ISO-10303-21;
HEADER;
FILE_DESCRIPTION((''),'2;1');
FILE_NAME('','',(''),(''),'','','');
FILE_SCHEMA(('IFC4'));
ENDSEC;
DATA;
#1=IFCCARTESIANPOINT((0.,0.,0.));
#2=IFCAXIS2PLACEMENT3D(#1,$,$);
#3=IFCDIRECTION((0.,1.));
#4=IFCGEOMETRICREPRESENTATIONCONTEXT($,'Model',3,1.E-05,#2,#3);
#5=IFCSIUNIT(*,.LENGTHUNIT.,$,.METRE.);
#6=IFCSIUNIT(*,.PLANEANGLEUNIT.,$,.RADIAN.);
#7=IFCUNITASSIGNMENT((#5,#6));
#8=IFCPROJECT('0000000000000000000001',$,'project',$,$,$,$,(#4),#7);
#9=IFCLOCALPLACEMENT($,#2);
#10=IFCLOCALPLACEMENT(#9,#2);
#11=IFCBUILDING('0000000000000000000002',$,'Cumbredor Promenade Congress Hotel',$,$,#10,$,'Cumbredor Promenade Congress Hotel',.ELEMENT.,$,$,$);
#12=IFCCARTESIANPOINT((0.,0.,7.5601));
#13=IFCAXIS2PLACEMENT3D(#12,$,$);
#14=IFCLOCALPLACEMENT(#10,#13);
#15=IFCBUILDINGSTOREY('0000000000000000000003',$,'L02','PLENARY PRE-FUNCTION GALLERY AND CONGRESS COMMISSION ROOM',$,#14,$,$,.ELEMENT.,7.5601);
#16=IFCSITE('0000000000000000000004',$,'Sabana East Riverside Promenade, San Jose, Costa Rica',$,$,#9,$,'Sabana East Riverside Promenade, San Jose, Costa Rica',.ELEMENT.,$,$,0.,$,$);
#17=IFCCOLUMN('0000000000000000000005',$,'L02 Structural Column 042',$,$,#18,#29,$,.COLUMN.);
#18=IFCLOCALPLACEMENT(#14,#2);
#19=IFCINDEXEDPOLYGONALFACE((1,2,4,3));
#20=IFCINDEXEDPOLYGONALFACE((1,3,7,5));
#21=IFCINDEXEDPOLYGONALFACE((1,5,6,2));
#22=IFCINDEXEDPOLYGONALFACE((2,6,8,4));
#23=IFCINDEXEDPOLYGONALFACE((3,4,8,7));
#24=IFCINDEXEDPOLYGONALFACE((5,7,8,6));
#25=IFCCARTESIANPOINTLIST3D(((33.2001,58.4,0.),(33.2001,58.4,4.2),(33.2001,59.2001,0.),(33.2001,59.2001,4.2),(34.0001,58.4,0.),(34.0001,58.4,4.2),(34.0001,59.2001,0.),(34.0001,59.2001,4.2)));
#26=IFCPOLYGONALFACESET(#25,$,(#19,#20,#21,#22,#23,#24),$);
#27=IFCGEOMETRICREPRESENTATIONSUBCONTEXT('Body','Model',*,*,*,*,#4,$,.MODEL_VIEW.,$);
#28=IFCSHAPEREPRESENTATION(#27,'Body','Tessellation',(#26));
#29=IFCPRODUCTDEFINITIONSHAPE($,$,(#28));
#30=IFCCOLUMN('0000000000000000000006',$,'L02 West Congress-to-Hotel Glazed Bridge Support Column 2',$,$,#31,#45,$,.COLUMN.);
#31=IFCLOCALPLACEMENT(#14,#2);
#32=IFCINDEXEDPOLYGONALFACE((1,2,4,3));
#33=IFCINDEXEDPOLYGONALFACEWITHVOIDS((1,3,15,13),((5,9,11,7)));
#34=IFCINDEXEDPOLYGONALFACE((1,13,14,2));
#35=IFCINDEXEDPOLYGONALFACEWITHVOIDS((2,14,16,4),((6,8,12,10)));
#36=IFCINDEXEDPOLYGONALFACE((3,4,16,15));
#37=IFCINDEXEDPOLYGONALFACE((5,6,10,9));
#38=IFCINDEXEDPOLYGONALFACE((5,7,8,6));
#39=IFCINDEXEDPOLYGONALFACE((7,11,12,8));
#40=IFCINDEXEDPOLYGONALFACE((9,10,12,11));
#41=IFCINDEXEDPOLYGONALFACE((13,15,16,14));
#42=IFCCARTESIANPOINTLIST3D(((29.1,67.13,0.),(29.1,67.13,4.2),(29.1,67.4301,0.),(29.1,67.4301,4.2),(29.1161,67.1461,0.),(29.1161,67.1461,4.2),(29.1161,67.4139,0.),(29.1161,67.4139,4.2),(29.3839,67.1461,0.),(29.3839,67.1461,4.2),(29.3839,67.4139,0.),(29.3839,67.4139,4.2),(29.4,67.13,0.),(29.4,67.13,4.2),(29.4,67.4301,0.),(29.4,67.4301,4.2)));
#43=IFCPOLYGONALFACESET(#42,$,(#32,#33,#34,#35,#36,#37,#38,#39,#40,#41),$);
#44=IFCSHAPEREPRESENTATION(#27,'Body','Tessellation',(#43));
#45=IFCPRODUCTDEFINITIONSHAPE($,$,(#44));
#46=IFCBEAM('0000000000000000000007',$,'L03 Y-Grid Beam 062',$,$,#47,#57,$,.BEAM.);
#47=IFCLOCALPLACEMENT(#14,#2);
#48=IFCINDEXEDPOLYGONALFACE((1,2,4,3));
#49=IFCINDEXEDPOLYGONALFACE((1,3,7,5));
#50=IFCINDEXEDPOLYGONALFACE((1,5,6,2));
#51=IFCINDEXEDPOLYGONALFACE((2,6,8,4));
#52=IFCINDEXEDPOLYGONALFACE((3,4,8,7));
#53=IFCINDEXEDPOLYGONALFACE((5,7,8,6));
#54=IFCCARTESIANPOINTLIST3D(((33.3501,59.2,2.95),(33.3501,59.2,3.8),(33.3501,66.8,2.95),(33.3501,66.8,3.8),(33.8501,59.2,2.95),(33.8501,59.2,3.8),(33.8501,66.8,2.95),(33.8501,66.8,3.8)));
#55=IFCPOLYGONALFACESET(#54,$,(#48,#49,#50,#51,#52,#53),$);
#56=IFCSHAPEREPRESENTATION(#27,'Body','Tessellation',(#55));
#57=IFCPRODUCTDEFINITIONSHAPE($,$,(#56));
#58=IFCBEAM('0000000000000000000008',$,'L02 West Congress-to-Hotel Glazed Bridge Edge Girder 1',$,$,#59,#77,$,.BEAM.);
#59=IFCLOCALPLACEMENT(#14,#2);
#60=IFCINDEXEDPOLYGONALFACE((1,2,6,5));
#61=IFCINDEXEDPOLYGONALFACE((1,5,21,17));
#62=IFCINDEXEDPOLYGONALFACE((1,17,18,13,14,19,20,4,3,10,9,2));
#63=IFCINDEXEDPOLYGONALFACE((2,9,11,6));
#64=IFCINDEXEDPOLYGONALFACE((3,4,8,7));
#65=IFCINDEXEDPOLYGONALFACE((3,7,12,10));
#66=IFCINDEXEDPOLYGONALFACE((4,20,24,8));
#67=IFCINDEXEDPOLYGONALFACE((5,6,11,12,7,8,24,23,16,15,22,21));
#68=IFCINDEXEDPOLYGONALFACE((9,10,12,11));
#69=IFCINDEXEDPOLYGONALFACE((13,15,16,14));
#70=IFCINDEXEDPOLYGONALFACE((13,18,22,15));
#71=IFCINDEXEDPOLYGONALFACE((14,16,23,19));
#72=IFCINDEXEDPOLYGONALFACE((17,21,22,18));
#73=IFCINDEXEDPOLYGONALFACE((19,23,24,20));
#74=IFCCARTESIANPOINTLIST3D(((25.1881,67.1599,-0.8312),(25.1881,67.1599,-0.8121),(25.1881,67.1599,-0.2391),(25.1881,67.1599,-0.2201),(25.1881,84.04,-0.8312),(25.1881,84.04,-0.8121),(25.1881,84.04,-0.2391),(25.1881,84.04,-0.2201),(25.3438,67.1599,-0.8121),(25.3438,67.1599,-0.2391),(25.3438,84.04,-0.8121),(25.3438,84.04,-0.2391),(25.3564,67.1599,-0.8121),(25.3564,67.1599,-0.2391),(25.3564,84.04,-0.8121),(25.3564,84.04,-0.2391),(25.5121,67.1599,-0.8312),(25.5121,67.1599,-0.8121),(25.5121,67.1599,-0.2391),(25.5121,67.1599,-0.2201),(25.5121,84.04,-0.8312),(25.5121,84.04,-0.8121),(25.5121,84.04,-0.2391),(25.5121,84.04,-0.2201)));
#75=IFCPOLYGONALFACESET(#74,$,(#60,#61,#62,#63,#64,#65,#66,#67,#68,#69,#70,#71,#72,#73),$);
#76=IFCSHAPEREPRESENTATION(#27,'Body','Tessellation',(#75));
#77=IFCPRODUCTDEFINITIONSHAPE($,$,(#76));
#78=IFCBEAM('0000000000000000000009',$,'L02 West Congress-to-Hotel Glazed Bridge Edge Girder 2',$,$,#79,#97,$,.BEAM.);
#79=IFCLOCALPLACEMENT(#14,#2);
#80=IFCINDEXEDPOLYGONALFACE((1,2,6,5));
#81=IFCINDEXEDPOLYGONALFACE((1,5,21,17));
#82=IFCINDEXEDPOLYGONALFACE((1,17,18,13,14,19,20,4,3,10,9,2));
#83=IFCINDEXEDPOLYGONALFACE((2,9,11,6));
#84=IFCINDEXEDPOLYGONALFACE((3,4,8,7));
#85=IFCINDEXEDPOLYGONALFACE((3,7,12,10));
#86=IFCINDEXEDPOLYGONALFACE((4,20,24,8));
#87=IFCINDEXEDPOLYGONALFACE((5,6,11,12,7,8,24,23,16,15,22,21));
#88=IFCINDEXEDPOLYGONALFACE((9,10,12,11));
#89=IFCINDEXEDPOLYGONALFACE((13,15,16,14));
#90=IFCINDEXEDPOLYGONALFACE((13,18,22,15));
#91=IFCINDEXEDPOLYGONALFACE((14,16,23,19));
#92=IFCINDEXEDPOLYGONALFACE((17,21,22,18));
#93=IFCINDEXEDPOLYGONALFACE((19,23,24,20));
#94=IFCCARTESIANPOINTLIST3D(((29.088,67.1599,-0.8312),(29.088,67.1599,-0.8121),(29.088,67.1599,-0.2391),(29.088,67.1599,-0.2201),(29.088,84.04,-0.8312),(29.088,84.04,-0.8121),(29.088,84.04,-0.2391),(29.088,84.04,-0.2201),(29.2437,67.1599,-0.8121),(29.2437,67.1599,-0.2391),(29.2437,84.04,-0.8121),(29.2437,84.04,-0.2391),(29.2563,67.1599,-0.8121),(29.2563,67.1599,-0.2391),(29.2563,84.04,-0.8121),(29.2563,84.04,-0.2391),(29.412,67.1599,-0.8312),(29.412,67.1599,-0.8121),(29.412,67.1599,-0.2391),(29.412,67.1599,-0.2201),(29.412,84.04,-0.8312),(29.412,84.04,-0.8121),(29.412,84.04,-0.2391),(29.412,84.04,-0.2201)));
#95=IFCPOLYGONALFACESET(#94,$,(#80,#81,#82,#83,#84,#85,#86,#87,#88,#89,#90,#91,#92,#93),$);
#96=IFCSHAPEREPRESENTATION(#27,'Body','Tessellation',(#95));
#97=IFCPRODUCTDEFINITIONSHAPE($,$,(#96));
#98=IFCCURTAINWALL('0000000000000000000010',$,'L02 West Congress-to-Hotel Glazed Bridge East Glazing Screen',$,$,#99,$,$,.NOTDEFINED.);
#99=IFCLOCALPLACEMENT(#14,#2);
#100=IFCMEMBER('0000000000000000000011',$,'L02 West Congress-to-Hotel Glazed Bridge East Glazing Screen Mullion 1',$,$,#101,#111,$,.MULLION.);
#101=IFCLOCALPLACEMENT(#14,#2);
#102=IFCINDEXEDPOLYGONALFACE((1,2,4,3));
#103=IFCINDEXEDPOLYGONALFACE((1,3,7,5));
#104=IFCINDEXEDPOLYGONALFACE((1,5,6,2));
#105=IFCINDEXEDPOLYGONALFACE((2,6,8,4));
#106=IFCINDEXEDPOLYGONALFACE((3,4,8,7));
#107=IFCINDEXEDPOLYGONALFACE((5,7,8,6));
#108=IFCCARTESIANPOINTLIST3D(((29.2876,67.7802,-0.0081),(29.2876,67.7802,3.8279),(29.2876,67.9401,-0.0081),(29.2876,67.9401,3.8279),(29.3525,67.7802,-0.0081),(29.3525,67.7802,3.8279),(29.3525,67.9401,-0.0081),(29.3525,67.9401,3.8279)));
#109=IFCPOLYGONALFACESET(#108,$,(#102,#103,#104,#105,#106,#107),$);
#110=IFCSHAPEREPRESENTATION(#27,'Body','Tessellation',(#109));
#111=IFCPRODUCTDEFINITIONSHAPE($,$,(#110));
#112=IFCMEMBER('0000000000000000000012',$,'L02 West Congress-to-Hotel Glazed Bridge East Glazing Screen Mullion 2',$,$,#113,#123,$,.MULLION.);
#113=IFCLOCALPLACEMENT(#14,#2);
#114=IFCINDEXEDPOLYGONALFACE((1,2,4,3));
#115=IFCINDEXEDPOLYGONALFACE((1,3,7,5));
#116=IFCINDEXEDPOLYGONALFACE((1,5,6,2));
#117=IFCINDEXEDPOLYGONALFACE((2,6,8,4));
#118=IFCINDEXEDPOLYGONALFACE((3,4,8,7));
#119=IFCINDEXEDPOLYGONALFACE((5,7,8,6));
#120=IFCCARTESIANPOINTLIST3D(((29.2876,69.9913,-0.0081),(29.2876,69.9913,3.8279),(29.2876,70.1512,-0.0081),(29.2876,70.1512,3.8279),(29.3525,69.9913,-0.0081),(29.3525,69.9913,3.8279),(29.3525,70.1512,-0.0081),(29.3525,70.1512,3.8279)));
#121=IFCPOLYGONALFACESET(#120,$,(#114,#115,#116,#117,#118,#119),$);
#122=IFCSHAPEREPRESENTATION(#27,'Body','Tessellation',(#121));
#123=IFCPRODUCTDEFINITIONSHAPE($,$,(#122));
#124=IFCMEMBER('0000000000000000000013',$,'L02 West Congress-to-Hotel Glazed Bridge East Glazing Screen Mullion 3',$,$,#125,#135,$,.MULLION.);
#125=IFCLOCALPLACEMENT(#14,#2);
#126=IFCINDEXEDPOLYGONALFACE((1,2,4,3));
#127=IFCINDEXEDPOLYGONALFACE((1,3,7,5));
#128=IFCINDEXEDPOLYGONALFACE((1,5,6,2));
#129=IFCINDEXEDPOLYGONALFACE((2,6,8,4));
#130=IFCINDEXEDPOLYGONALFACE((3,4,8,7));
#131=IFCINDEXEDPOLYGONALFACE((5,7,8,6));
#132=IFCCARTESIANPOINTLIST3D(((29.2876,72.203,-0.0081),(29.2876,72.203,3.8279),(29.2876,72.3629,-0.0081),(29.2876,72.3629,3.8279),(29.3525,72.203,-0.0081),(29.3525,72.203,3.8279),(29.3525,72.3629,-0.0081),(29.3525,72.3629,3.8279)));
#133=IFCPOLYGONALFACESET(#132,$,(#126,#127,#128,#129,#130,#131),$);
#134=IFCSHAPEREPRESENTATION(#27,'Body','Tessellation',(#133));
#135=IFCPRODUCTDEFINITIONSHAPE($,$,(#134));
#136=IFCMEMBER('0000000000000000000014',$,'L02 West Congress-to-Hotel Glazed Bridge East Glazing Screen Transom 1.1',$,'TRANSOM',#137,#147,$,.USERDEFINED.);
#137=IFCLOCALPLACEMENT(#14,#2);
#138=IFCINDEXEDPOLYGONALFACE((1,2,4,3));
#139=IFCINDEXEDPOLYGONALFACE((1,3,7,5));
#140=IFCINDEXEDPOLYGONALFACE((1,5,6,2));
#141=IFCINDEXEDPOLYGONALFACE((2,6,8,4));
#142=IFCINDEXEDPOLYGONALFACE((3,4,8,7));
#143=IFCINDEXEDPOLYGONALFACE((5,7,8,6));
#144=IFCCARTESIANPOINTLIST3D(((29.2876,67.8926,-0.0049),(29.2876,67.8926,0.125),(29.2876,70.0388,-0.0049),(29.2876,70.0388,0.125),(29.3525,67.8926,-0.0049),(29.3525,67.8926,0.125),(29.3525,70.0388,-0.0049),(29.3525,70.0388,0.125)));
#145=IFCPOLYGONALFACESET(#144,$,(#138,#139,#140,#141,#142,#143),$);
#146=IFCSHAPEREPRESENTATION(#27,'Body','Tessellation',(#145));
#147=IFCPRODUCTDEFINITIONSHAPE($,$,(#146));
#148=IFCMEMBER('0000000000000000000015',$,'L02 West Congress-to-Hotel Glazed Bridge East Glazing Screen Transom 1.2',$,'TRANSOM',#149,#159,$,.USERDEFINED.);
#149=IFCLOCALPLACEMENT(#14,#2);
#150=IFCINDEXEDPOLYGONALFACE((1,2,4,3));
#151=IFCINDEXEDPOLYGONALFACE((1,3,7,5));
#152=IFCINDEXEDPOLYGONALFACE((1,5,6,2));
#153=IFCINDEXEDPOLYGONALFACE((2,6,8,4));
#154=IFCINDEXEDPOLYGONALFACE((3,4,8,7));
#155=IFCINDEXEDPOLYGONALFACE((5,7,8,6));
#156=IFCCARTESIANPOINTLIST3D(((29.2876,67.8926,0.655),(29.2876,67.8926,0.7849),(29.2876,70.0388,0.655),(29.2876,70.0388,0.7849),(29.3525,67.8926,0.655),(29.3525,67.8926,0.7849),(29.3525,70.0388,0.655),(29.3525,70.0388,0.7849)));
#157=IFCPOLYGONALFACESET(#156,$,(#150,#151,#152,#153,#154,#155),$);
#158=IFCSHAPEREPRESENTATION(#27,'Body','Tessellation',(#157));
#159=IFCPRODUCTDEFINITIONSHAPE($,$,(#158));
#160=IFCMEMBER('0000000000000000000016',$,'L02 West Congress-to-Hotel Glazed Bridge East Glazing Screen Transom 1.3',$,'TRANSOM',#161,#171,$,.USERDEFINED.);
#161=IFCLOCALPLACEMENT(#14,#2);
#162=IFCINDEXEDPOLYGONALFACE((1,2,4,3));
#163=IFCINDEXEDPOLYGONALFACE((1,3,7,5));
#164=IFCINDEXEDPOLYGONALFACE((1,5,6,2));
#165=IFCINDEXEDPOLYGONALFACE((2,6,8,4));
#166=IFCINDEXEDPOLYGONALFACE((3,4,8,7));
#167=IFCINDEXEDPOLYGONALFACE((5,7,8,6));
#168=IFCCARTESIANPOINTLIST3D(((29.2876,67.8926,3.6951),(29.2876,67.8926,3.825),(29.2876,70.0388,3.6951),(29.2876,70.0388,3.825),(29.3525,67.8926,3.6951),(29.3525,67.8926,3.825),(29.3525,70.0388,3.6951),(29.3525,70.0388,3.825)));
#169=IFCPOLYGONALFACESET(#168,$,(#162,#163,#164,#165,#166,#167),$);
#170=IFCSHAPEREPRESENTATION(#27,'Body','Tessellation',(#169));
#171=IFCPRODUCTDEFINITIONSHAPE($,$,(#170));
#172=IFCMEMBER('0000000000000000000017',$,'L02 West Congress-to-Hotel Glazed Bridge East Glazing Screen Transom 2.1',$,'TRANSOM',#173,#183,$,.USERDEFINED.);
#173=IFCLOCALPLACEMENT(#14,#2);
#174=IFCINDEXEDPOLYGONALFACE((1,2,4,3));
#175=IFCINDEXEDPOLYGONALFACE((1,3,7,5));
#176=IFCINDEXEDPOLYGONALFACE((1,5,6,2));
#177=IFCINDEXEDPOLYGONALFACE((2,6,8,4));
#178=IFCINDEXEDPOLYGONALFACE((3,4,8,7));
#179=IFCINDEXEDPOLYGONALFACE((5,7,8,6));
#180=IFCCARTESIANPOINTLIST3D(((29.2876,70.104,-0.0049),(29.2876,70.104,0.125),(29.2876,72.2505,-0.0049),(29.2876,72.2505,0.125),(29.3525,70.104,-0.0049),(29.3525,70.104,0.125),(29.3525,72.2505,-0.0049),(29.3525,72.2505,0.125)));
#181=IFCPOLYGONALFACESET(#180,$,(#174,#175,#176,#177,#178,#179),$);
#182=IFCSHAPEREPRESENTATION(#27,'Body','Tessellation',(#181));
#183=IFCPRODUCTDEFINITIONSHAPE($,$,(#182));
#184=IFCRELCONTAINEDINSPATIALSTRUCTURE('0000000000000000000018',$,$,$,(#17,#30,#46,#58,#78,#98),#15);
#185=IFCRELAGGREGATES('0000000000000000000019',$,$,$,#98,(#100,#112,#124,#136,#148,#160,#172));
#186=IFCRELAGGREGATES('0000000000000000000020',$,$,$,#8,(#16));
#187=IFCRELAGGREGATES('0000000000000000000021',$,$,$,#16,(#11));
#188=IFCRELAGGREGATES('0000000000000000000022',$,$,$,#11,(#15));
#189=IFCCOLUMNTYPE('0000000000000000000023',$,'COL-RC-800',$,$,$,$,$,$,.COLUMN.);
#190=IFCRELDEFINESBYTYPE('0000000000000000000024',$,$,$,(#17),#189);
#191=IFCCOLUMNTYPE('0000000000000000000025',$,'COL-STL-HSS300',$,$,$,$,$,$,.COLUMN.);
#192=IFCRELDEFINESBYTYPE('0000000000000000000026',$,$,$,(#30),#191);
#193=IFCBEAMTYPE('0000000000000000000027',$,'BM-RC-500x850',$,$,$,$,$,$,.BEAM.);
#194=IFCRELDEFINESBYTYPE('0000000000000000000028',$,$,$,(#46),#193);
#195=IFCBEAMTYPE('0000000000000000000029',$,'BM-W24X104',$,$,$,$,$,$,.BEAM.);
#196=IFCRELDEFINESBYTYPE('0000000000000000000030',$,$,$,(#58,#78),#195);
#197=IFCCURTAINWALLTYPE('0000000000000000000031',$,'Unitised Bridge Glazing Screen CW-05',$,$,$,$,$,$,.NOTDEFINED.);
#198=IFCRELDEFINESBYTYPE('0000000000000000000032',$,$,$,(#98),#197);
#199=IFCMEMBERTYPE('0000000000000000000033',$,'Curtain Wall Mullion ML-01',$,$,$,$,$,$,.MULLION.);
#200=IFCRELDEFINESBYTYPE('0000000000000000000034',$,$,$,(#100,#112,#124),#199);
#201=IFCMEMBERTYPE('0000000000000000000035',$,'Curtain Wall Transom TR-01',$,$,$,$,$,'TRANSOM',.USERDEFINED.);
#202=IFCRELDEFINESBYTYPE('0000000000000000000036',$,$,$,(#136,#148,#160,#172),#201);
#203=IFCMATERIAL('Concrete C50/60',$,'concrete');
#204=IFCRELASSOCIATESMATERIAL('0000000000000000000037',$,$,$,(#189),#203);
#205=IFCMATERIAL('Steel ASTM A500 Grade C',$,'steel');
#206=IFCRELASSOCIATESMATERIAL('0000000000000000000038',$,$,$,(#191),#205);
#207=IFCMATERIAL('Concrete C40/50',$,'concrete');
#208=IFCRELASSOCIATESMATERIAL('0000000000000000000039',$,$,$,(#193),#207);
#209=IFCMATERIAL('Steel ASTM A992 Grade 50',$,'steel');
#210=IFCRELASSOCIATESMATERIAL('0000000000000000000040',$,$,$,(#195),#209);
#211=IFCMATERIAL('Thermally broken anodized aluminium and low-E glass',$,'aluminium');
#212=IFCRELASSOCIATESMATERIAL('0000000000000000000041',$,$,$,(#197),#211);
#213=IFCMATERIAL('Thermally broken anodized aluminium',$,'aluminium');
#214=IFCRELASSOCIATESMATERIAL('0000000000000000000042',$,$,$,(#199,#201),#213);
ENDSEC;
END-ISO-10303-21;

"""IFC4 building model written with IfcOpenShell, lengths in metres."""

from ifc_helpers import new_model, si_unit, direction, frame, origin, origin_2d, place, context, subcontext, project, spatial, rectangle, hollow_rectangle, i_section, extrude, material, material_profile, profile_set, type_object, element, aggregate, save


model = new_model("IFC4")

# Units and contexts
model_context = context("Model", 3, precision=1e-05, world=origin(), true_north=direction((0.0, 1.0)))
body_context = subcontext(model_context, "Body", "Model", "MODEL_VIEW")
ifc_project = project(units=[si_unit("LENGTHUNIT", "METRE"), si_unit("PLANEANGLEUNIT", "RADIAN")], contexts=[model_context])

# Site, building, storey
site_placement = place(None, origin())
site = spatial("IfcSite", under=ifc_project, at=site_placement, Name="Sabana East Riverside Promenade, San Jose, Costa Rica", LongName="Sabana East Riverside Promenade, San Jose, Costa Rica", CompositionType="ELEMENT", RefElevation=0.0)
building_placement = place(site_placement, origin())
building = spatial("IfcBuilding", under=site, at=building_placement, Name="Cumbredor Promenade Congress Hotel", LongName="Cumbredor Promenade Congress Hotel", CompositionType="ELEMENT")
storey_placement = place(building_placement, frame((0.0, 0.0, 7.5601)))
storey = spatial("IfcBuildingStorey", under=building, at=storey_placement, Name="L02", Description="PLENARY PRE-FUNCTION GALLERY AND CONGRESS COMMISSION ROOM", CompositionType="ELEMENT", Elevation=7.5601)

# Columns
ifc_material_1 = material(Name="Concrete C50/60", Category="concrete")
ifc_material_profile_1 = material_profile(ifc_material_1, rectangle(XDim=0.8, YDim=0.8, at=origin_2d()), Name="RC 800x800")
ifc_profile_set_1 = profile_set([ifc_material_profile_1], Name="Concrete C50/60")
column_type_1 = type_object("IfcColumnType", Name="COL-RC-800", PredefinedType="COLUMN", material=ifc_profile_set_1)
column_1_placement = place(storey_placement, frame((33.6001, 58.8, 0.0), z_axis=(0.0, 0.0, 1.0), x_axis=(1.0, 0.0, 0.0)))
element("IfcColumn", 1, at=column_1_placement, inside=storey, type_object=column_type_1, Name="L02 Structural Column 042", PredefinedType="COLUMN", context=body_context, shape_type="SweptSolid", body=[
    extrude(rectangle(XDim=0.8, YDim=0.8, at=origin_2d()), origin(), (0.0, 0.0, 1.0), 4.2),
])
ifc_material_2 = material(Name="Steel ASTM A500 Grade C", Category="steel")
ifc_material_profile_2 = material_profile(ifc_material_2, hollow_rectangle(XDim=0.3, YDim=0.3, WallThickness=0.0161, at=origin_2d()), Name="HSS 300x300x16")
ifc_profile_set_2 = profile_set([ifc_material_profile_2], Name="Steel ASTM A500 Grade C")
column_type_2 = type_object("IfcColumnType", Name="COL-STL-HSS300", PredefinedType="COLUMN", material=ifc_profile_set_2)
column_2_placement = place(storey_placement, frame((29.25, 67.28, 0.0), z_axis=(0.0, 0.0, 1.0), x_axis=(1.0, 0.0, 0.0)))
element("IfcColumn", 2, at=column_2_placement, inside=storey, type_object=column_type_2, Name="L02 West Congress-to-Hotel Glazed Bridge Support Column 2", PredefinedType="COLUMN", context=body_context, shape_type="SweptSolid", body=[
    extrude(hollow_rectangle(XDim=0.3, YDim=0.3, WallThickness=0.0161, at=origin_2d()), origin(), (0.0, 0.0, 1.0), 4.2),
])

# Beams
ifc_material_3 = material(Name="Concrete C40/50", Category="concrete")
ifc_material_profile_3 = material_profile(ifc_material_3, rectangle(XDim=0.5, YDim=0.8501, at=origin_2d()), Name="RC BEAM 500x850")
ifc_profile_set_3 = profile_set([ifc_material_profile_3], Name="Concrete C40/50")
beam_type_1 = type_object("IfcBeamType", Name="BM-RC-500x850", PredefinedType="BEAM", material=ifc_profile_set_3)
beam_placement = place(storey_placement, frame((33.6001, 59.2, 3.375), z_axis=(0.0, 1.0, 0.0), x_axis=(-1.0, 0.0, 0.0)))
element("IfcBeam", 3, at=beam_placement, inside=storey, type_object=beam_type_1, Name="L03 Y-Grid Beam 062", PredefinedType="BEAM", context=body_context, shape_type="SweptSolid", body=[
    extrude(rectangle(XDim=0.5, YDim=0.8501, at=origin_2d()), origin(), (0.0, 0.0, 1.0), 7.6001),
])
ifc_material_4 = material(Name="Steel ASTM A992 Grade 50", Category="steel")
ifc_material_profile_4 = material_profile(ifc_material_4, i_section(OverallWidth=0.324, OverallDepth=0.6111, WebThickness=0.0127, FlangeThickness=0.019, at=origin_2d()), Name="W24X104")
ifc_profile_set_4 = profile_set([ifc_material_profile_4], Name="Steel ASTM A992 Grade 50")
beam_type_2 = type_object("IfcBeamType", Name="BM-W24X104", PredefinedType="BEAM", material=ifc_profile_set_4)
for number, where, z_axis, x_axis, name in (
    (4, (25.3501, 67.1599, -0.5256), (0.0, 1.0, 0.0), (-1.0, 0.0, 0.0), "L02 West Congress-to-Hotel Glazed Bridge Edge Girder 1"),
    (5, (29.25, 67.1599, -0.5256), (0.0, 1.0, 0.0), (-1.0, 0.0, 0.0), "L02 West Congress-to-Hotel Glazed Bridge Edge Girder 2"),
):
    element("IfcBeam", number, at=place(storey_placement, frame(where, z_axis=z_axis, x_axis=x_axis)), inside=storey, type_object=beam_type_2, Name=name, PredefinedType="BEAM", context=body_context, shape_type="SweptSolid", body=[
        extrude(i_section(OverallWidth=0.324, OverallDepth=0.6111, WebThickness=0.0127, FlangeThickness=0.019, at=origin_2d()), origin(), (0.0, 0.0, 1.0), 16.8801),
    ])

# Curtain wall, members
ifc_material_5 = material(Name="Thermally broken anodized aluminium and low-E glass", Category="aluminium")
curtain_wall_type = type_object("IfcCurtainWallType", Name="Unitised Bridge Glazing Screen CW-05", PredefinedType="NOTDEFINED", material=ifc_material_5)
curtain_wall_placement = place(storey_placement, origin())
curtain_wall = element("IfcCurtainWall", 6, at=curtain_wall_placement, inside=storey, type_object=curtain_wall_type, Name="L02 West Congress-to-Hotel Glazed Bridge East Glazing Screen", PredefinedType="NOTDEFINED")
ifc_material_6 = material(Name="Thermally broken anodized aluminium", Category="aluminium")
ifc_material_profile_5 = material_profile(ifc_material_6, rectangle(XDim=0.0649, YDim=0.1599, at=origin_2d()), Name="ALU MULLION 65x160")
ifc_profile_set_5 = profile_set([ifc_material_profile_5], Name="Thermally broken anodized aluminium")
member_type_1 = type_object("IfcMemberType", Name="Curtain Wall Mullion ML-01", PredefinedType="MULLION", material=ifc_profile_set_5)
member_1_placement = place(storey_placement, frame((29.3201, 67.8601, -0.0081), z_axis=(0.0, 0.0, 1.0), x_axis=(1.0, 0.0, 0.0)))
member_1 = element("IfcMember", 7, at=member_1_placement, type_object=member_type_1, Name="L02 West Congress-to-Hotel Glazed Bridge East Glazing Screen Mullion 1", PredefinedType="MULLION", context=body_context, shape_type="SweptSolid", body=[
    extrude(rectangle(XDim=0.0649, YDim=0.1599, at=origin_2d()), origin(), (0.0, 0.0, 1.0), 3.8359),
])
member_2_placement = place(storey_placement, frame((29.3201, 70.0713, -0.0081), z_axis=(0.0, 0.0, 1.0), x_axis=(1.0, 0.0, 0.0)))
member_2 = element("IfcMember", 8, at=member_2_placement, type_object=member_type_1, Name="L02 West Congress-to-Hotel Glazed Bridge East Glazing Screen Mullion 2", PredefinedType="MULLION", context=body_context, shape_type="SweptSolid", body=[
    extrude(rectangle(XDim=0.0649, YDim=0.1599, at=origin_2d()), origin(), (0.0, 0.0, 1.0), 3.8359),
])
member_3_placement = place(storey_placement, frame((29.3201, 72.283, -0.0081), z_axis=(0.0, 0.0, 1.0), x_axis=(1.0, 0.0, 0.0)))
member_3 = element("IfcMember", 9, at=member_3_placement, type_object=member_type_1, Name="L02 West Congress-to-Hotel Glazed Bridge East Glazing Screen Mullion 3", PredefinedType="MULLION", context=body_context, shape_type="SweptSolid", body=[
    extrude(rectangle(XDim=0.0649, YDim=0.1599, at=origin_2d()), origin(), (0.0, 0.0, 1.0), 3.8359),
])
ifc_material_profile_6 = material_profile(ifc_material_6, rectangle(XDim=0.0649, YDim=0.1299, at=origin_2d()), Name="ALU TRANSOM 65x130")
ifc_profile_set_6 = profile_set([ifc_material_profile_6], Name="Thermally broken anodized aluminium")
member_type_2 = type_object("IfcMemberType", Name="Curtain Wall Transom TR-01", ElementType="TRANSOM", PredefinedType="USERDEFINED", material=ifc_profile_set_6)
member_4_placement = place(storey_placement, frame((29.3201, 67.8926, 0.0601), z_axis=(0.0, 1.0, 0.0), x_axis=(-1.0, 0.0, 0.0)))
member_4 = element("IfcMember", 10, at=member_4_placement, type_object=member_type_2, Name="L02 West Congress-to-Hotel Glazed Bridge East Glazing Screen Transom 1.1", ObjectType="TRANSOM", PredefinedType="USERDEFINED", context=body_context, shape_type="SweptSolid", body=[
    extrude(rectangle(XDim=0.0649, YDim=0.1299, at=origin_2d()), origin(), (0.0, 0.0, 1.0), 2.1462),
])
member_5_placement = place(storey_placement, frame((29.3201, 67.8926, 0.72), z_axis=(0.0, 1.0, 0.0), x_axis=(-1.0, 0.0, 0.0)))
member_5 = element("IfcMember", 11, at=member_5_placement, type_object=member_type_2, Name="L02 West Congress-to-Hotel Glazed Bridge East Glazing Screen Transom 1.2", ObjectType="TRANSOM", PredefinedType="USERDEFINED", context=body_context, shape_type="SweptSolid", body=[
    extrude(rectangle(XDim=0.0649, YDim=0.1299, at=origin_2d()), origin(), (0.0, 0.0, 1.0), 2.1462),
])
member_6_placement = place(storey_placement, frame((29.3201, 67.8926, 3.76), z_axis=(0.0, 1.0, 0.0), x_axis=(-1.0, 0.0, 0.0)))
member_6 = element("IfcMember", 12, at=member_6_placement, type_object=member_type_2, Name="L02 West Congress-to-Hotel Glazed Bridge East Glazing Screen Transom 1.3", ObjectType="TRANSOM", PredefinedType="USERDEFINED", context=body_context, shape_type="SweptSolid", body=[
    extrude(rectangle(XDim=0.0649, YDim=0.1299, at=origin_2d()), origin(), (0.0, 0.0, 1.0), 2.1462),
])
member_7_placement = place(storey_placement, frame((29.3201, 70.104, 0.0601), z_axis=(0.0, 1.0, 0.0), x_axis=(-1.0, 0.0, 0.0)))
member_7 = element("IfcMember", 13, at=member_7_placement, type_object=member_type_2, Name="L02 West Congress-to-Hotel Glazed Bridge East Glazing Screen Transom 2.1", ObjectType="TRANSOM", PredefinedType="USERDEFINED", context=body_context, shape_type="SweptSolid", body=[
    extrude(rectangle(XDim=0.0649, YDim=0.1299, at=origin_2d()), origin(), (0.0, 0.0, 1.0), 2.1465),
])

aggregate(curtain_wall, [member_1, member_2, member_3, member_4, member_5, member_6, member_7])

save(model, "model.ifc")
